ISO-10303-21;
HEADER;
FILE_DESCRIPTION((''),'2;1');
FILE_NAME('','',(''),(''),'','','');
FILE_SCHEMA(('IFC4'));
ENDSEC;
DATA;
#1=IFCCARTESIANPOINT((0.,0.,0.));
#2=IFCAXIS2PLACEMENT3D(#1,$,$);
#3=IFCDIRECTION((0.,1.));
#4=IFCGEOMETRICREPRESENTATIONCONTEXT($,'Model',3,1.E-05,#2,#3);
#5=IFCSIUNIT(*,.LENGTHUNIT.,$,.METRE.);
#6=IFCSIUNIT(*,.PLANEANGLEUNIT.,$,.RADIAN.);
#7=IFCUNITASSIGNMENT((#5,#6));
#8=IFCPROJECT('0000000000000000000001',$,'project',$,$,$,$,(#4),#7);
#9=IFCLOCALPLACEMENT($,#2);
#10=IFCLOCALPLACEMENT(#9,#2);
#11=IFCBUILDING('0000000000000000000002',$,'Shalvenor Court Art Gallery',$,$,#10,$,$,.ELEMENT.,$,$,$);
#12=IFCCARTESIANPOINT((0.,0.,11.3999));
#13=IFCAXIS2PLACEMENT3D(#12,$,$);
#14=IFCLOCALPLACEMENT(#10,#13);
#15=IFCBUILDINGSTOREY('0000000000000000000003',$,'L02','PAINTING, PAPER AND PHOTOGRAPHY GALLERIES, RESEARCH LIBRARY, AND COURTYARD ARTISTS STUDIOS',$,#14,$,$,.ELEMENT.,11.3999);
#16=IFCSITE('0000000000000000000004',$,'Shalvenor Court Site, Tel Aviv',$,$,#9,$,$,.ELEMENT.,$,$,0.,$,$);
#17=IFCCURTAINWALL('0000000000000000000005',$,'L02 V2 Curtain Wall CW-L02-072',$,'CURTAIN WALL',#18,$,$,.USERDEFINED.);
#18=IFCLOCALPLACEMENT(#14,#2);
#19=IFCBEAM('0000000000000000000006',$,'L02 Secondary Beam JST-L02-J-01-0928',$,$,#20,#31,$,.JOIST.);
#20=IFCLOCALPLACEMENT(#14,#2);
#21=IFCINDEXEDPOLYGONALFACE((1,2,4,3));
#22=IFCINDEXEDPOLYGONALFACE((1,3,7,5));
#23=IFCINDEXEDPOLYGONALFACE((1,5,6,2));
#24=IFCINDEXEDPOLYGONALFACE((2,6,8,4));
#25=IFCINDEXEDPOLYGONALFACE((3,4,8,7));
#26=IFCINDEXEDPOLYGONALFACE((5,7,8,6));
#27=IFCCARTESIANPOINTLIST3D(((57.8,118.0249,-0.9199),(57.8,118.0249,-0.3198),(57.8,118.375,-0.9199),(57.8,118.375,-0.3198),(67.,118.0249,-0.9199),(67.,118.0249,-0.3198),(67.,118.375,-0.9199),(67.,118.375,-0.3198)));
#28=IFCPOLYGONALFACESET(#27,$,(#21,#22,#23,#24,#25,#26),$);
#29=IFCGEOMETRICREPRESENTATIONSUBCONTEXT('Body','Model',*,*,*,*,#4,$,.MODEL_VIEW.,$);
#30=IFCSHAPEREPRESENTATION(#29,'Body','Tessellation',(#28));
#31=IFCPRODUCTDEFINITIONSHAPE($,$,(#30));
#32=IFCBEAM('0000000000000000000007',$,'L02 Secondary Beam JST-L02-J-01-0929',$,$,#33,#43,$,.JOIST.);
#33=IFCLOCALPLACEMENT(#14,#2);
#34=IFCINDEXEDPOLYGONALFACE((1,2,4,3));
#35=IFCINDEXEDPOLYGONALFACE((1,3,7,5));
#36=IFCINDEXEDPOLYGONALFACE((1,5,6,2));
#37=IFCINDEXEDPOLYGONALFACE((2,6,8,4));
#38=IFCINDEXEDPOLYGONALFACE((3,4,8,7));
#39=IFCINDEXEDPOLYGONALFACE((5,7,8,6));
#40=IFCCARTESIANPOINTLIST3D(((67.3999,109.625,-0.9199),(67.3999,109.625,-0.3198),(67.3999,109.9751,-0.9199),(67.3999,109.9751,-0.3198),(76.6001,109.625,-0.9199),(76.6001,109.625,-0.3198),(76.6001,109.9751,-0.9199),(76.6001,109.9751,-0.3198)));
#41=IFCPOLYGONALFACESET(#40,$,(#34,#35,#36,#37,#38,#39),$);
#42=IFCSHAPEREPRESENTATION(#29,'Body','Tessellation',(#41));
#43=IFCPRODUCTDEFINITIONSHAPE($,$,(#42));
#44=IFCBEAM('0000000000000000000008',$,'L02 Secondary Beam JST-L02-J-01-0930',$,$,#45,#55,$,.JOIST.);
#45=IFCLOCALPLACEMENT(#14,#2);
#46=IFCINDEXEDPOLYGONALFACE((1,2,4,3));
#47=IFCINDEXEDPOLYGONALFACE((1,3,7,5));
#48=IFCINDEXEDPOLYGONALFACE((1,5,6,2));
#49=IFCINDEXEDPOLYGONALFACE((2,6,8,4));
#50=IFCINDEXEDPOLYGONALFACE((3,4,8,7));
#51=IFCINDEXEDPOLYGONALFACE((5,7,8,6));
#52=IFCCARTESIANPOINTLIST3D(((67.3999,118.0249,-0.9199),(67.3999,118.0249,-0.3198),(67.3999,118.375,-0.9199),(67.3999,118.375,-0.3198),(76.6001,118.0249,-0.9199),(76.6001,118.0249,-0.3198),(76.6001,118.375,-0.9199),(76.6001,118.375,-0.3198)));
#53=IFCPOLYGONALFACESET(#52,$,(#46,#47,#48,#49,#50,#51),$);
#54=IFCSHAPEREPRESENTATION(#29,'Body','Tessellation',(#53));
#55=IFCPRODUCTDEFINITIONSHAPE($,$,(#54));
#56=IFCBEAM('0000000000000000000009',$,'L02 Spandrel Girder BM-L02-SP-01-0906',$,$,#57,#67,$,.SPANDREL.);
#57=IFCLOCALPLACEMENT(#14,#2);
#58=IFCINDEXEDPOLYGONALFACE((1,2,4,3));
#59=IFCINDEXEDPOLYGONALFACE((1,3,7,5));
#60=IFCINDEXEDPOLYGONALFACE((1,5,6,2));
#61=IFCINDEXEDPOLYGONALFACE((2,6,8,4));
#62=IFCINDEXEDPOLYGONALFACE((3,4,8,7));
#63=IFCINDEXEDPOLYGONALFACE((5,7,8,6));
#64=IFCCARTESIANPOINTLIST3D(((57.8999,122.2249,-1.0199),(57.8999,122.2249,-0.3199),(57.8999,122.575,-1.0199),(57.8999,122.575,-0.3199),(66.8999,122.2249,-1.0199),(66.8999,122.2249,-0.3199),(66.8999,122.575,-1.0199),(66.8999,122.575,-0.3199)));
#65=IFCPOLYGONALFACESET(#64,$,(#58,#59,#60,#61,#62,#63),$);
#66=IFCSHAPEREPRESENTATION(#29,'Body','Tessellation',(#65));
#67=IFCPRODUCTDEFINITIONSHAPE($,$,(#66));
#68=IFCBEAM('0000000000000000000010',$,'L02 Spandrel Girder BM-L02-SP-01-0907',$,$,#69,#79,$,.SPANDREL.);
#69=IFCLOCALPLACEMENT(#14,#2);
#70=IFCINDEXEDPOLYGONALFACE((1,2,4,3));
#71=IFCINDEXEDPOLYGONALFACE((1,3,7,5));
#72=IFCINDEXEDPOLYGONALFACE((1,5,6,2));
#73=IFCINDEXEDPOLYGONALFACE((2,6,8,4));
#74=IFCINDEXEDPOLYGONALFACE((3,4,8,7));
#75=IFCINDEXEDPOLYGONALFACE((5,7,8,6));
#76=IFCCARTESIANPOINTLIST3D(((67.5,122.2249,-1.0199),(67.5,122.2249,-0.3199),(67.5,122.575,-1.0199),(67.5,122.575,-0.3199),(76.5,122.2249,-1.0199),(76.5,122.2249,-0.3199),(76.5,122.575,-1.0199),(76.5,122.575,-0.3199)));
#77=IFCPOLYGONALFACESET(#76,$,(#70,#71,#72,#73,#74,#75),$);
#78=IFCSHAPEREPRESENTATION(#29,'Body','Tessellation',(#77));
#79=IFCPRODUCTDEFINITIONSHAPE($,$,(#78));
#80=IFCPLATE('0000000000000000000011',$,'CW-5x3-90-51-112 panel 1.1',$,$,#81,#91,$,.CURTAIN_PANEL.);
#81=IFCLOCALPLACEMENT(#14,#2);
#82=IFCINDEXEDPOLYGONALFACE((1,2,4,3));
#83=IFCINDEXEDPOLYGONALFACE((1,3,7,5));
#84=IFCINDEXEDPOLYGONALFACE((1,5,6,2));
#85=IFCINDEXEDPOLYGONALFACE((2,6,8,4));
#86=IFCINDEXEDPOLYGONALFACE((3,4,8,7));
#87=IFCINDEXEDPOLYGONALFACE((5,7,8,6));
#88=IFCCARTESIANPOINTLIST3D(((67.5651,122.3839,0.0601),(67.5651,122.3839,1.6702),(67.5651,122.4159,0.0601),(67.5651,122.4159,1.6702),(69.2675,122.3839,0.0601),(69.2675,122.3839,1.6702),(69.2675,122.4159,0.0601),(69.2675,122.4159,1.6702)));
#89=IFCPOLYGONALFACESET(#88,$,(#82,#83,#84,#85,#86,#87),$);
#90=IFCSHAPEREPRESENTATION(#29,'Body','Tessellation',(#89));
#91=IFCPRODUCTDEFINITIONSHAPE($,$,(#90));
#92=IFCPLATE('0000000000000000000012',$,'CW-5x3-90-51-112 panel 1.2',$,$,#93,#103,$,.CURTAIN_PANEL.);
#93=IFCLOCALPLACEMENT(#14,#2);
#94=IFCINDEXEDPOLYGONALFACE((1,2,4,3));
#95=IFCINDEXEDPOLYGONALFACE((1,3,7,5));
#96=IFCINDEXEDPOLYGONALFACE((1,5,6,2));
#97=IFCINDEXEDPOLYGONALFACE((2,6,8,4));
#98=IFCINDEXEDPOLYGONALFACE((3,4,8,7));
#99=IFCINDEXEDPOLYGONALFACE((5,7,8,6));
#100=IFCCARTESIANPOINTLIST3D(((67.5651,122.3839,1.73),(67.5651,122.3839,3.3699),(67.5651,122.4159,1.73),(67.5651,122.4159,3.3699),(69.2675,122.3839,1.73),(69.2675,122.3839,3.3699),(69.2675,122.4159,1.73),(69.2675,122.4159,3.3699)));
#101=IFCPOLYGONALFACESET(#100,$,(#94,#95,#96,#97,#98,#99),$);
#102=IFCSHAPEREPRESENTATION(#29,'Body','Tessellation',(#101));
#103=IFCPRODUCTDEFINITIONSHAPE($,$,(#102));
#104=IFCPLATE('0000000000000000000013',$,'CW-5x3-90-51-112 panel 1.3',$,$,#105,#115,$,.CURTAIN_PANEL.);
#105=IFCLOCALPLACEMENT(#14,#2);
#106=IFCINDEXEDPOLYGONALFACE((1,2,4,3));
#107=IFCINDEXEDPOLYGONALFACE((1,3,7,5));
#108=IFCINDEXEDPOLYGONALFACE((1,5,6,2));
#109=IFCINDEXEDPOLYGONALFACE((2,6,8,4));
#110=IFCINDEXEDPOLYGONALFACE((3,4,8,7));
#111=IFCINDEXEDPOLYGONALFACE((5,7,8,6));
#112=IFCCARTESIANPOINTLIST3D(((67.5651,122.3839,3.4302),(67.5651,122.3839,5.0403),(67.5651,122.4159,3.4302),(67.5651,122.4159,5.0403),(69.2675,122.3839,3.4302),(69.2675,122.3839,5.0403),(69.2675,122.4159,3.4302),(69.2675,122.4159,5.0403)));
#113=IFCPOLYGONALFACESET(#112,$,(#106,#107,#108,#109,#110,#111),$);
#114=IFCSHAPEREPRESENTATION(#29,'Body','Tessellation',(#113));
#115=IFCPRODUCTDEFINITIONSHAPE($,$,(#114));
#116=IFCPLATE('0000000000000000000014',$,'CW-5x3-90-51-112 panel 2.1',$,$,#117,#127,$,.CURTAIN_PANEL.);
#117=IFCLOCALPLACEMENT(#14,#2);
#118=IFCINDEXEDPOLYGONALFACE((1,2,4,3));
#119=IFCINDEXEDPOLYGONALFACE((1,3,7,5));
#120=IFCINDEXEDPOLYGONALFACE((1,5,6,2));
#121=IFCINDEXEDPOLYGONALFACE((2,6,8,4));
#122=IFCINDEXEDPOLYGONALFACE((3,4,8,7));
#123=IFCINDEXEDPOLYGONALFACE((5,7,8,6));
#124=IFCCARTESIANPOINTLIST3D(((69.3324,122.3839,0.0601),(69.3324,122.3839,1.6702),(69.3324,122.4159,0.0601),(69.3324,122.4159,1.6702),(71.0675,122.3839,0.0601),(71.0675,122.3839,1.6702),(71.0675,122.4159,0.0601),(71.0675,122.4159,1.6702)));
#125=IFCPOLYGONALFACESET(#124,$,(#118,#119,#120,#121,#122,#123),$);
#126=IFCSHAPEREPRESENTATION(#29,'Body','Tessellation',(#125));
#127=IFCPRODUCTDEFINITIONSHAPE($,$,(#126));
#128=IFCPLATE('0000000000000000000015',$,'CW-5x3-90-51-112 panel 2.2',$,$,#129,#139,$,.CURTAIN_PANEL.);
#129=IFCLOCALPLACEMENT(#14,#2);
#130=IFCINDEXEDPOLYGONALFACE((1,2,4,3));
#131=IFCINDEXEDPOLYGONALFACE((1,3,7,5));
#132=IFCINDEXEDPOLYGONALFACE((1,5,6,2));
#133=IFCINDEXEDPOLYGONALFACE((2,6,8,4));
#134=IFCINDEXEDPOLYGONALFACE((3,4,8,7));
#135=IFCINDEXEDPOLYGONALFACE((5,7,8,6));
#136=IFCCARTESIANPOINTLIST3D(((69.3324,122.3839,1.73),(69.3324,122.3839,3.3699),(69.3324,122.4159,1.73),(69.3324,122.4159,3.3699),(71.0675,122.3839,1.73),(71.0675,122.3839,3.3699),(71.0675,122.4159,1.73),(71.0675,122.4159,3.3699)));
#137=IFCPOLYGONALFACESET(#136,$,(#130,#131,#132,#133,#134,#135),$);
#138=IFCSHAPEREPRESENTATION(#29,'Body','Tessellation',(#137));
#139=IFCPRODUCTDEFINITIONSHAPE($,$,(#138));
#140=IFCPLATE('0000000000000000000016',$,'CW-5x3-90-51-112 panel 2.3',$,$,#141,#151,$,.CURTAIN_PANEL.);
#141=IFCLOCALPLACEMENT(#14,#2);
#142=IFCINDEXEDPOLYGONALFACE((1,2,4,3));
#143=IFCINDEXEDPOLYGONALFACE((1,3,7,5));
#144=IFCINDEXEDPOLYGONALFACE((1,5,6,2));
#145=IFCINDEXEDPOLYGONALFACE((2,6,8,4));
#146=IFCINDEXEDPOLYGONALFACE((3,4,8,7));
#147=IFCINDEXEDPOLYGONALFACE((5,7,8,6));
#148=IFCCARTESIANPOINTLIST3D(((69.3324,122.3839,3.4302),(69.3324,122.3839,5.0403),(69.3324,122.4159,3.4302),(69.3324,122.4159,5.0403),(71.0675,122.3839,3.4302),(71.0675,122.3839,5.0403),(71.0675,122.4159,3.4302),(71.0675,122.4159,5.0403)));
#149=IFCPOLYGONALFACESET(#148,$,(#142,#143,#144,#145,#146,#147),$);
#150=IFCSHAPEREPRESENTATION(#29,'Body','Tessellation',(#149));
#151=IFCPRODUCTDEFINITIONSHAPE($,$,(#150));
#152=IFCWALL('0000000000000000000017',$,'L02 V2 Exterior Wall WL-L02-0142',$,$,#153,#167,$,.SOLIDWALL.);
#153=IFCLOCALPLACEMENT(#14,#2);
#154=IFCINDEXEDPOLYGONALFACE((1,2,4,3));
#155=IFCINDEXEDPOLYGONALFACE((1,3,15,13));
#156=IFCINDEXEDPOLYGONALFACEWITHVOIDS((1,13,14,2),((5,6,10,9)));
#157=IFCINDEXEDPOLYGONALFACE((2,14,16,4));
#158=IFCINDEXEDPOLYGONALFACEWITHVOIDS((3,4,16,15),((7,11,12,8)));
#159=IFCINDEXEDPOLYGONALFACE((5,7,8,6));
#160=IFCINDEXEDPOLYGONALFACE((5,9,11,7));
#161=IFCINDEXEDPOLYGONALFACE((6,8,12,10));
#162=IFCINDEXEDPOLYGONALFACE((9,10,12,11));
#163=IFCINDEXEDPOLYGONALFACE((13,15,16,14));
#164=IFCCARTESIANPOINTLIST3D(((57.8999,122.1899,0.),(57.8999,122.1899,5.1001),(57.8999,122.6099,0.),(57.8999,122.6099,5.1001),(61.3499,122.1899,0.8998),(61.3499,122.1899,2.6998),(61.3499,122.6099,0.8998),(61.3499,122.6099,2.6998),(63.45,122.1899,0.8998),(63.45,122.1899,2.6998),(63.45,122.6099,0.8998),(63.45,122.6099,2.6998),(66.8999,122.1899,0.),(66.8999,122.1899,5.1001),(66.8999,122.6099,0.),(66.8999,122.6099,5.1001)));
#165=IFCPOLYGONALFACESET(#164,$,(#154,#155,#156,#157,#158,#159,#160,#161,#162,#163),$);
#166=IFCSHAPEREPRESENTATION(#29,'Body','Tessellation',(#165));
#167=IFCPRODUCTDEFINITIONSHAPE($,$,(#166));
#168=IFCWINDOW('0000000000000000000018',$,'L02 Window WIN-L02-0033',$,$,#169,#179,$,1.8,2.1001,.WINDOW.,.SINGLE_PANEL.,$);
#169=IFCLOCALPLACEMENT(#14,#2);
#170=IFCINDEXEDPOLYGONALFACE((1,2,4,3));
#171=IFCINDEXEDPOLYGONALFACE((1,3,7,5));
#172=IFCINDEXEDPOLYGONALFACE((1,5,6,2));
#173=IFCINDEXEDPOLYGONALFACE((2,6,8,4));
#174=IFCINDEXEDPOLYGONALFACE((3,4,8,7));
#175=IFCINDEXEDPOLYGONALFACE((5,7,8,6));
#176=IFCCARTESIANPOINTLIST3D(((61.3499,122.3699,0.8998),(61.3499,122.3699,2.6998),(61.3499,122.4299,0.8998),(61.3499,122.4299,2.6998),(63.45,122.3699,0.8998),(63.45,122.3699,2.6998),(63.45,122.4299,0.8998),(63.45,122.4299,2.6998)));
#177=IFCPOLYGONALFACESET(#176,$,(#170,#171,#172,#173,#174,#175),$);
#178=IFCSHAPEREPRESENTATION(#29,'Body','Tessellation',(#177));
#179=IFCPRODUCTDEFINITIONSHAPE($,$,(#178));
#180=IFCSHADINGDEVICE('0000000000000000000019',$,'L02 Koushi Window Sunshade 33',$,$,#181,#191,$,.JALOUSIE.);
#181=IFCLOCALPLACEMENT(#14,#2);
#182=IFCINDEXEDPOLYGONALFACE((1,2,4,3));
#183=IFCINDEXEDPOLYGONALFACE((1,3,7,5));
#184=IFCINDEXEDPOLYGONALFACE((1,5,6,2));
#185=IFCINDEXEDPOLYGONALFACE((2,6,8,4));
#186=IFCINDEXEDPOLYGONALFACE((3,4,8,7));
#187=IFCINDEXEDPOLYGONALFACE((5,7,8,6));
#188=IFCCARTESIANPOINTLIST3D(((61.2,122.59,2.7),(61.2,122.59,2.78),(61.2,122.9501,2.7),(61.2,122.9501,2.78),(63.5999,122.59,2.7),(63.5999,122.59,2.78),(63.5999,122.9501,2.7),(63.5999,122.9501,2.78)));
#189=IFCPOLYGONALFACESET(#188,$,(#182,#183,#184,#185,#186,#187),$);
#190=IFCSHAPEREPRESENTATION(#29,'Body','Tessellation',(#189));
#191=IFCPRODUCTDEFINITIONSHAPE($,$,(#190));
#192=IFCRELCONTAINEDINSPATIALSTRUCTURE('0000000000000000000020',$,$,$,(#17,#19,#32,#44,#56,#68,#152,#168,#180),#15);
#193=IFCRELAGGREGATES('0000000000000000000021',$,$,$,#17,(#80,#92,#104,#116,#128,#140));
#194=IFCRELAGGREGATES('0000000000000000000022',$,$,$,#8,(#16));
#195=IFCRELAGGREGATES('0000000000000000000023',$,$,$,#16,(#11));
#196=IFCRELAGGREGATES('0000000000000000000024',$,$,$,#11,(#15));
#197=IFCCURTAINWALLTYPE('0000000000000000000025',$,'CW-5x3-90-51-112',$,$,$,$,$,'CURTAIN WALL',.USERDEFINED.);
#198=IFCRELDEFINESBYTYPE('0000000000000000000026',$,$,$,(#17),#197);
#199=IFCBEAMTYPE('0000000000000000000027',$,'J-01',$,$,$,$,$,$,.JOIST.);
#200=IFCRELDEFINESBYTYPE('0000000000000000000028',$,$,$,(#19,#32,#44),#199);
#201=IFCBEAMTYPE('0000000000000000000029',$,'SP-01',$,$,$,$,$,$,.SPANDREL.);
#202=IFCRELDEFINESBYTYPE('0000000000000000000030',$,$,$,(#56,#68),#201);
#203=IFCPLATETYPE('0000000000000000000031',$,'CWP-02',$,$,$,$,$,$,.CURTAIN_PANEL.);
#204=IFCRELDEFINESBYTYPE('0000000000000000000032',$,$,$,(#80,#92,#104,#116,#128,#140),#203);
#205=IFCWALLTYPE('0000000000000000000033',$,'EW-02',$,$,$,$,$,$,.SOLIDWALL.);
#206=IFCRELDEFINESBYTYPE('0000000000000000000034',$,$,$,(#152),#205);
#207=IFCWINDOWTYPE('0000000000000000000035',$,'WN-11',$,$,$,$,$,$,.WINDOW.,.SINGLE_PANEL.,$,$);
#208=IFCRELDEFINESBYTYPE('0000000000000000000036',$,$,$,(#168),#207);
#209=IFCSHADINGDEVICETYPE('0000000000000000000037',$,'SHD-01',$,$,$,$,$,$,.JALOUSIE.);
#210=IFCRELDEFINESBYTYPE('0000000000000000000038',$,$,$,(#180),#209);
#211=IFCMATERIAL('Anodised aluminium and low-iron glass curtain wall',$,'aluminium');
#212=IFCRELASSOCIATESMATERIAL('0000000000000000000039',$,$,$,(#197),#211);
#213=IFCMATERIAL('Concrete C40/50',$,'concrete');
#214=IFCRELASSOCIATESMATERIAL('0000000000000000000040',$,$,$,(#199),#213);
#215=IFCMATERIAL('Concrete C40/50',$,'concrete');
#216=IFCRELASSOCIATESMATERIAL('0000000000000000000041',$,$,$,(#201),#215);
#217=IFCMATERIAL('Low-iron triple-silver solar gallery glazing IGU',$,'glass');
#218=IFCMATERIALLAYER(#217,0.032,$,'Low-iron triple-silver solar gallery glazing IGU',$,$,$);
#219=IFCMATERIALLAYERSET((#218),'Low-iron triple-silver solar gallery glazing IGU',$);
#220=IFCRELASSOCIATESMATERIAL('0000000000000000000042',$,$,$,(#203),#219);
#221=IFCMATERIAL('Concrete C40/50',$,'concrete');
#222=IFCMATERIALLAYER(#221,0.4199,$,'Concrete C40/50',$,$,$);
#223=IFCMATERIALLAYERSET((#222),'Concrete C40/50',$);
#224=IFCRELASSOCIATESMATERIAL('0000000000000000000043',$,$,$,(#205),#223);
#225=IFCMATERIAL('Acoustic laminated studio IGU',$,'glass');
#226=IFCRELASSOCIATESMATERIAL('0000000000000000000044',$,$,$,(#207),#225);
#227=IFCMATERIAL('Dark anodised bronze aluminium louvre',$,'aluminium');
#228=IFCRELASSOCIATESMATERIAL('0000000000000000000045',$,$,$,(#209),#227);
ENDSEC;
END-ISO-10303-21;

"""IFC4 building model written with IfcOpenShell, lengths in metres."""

from ifc_helpers import new_model, si_unit, direction, frame, frame_2d, origin, origin_2d, place, context, subcontext, project, spatial, rectangle, extrude, material, layer, layer_set, material_profile, profile_set, type_object, element, fill, aggregate, save


model = new_model("IFC4")

# Units and contexts
model_context = context("Model", 3, precision=1e-05, world=origin(), true_north=direction((0.0, 1.0)))
body_context = subcontext(model_context, "Body", "Model", "MODEL_VIEW")
ifc_project = project(units=[si_unit("LENGTHUNIT", "METRE"), si_unit("PLANEANGLEUNIT", "RADIAN")], contexts=[model_context])

# Site, building, storey
site_placement = place(None, origin())
site = spatial("IfcSite", under=ifc_project, at=site_placement, Name="Shalvenor Court Site, Tel Aviv", CompositionType="ELEMENT", RefElevation=0.0)
building_placement = place(site_placement, origin())
building = spatial("IfcBuilding", under=site, at=building_placement, Name="Shalvenor Court Art Gallery", CompositionType="ELEMENT")
storey_placement = place(building_placement, frame((0.0, 0.0, 11.3999)))
storey = spatial("IfcBuildingStorey", under=building, at=storey_placement, Name="L02", Description="PAINTING, PAPER AND PHOTOGRAPHY GALLERIES, RESEARCH LIBRARY, AND COURTYARD ARTISTS STUDIOS", CompositionType="ELEMENT", Elevation=11.3999)

# Curtain wall
ifc_material_1 = material(Name="Anodised aluminium and low-iron glass curtain wall", Category="aluminium")
curtain_wall_type = type_object("IfcCurtainWallType", Name="CW-5x3-90-51-112", ElementType="CURTAIN WALL", PredefinedType="USERDEFINED", material=ifc_material_1)
curtain_wall_placement = place(storey_placement, origin())
curtain_wall = element("IfcCurtainWall", 1, at=curtain_wall_placement, inside=storey, type_object=curtain_wall_type, Name="L02 V2 Curtain Wall CW-L02-072", ObjectType="CURTAIN WALL", PredefinedType="USERDEFINED")

# Beams
ifc_material_2 = material(Name="Concrete C40/50", Category="concrete")
ifc_material_profile_1 = material_profile(ifc_material_2, rectangle(XDim=0.3501, YDim=0.6001, at=origin_2d()), Name="RC 350x600")
ifc_profile_set_1 = profile_set([ifc_material_profile_1], Name="Concrete C40/50")
beam_type_1 = type_object("IfcBeamType", Name="J-01", PredefinedType="JOIST", material=ifc_profile_set_1)
for number, where, z_axis, x_axis, name in (
    (2, (57.8, 118.2, -0.6199), (1.0, 0.0, 0.0), (0.0, 1.0, 0.0), "L02 Secondary Beam JST-L02-J-01-0928"),
):
    element("IfcBeam", number, at=place(storey_placement, frame(where, z_axis=z_axis, x_axis=x_axis)), inside=storey, type_object=beam_type_1, Name=name, PredefinedType="JOIST", context=body_context, shape_type="SweptSolid", body=[
        extrude(rectangle(XDim=0.3501, YDim=0.6001, at=origin_2d()), origin(), (0.0, 0.0, 1.0), 9.2),
    ])
for number, where, z_axis, x_axis, name in (
    (3, (67.3999, 109.8, -0.6199), (1.0, 0.0, 0.0), (0.0, 1.0, 0.0), "L02 Secondary Beam JST-L02-J-01-0929"),
    (4, (67.3999, 118.2, -0.6199), (1.0, 0.0, 0.0), (0.0, 1.0, 0.0), "L02 Secondary Beam JST-L02-J-01-0930"),
):
    element("IfcBeam", number, at=place(storey_placement, frame(where, z_axis=z_axis, x_axis=x_axis)), inside=storey, type_object=beam_type_1, Name=name, PredefinedType="JOIST", context=body_context, shape_type="SweptSolid", body=[
        extrude(rectangle(XDim=0.3501, YDim=0.6001, at=origin_2d()), origin(), (0.0, 0.0, 1.0), 9.2002),
    ])
ifc_material_3 = material(Name="Concrete C40/50", Category="concrete")
ifc_material_profile_2 = material_profile(ifc_material_3, rectangle(XDim=0.3501, YDim=0.7, at=origin_2d()), Name="RC 350x700")
ifc_profile_set_2 = profile_set([ifc_material_profile_2], Name="Concrete C40/50")
beam_type_2 = type_object("IfcBeamType", Name="SP-01", PredefinedType="SPANDREL", material=ifc_profile_set_2)
for number, where, z_axis, x_axis, name in (
    (5, (57.8999, 122.3999, -0.6699), (1.0, 0.0, 0.0), (0.0, 1.0, 0.0), "L02 Spandrel Girder BM-L02-SP-01-0906"),
    (6, (67.5, 122.3999, -0.6699), (1.0, 0.0, 0.0), (0.0, 1.0, 0.0), "L02 Spandrel Girder BM-L02-SP-01-0907"),
):
    element("IfcBeam", number, at=place(storey_placement, frame(where, z_axis=z_axis, x_axis=x_axis)), inside=storey, type_object=beam_type_2, Name=name, PredefinedType="SPANDREL", context=body_context, shape_type="SweptSolid", body=[
        extrude(rectangle(XDim=0.3501, YDim=0.7, at=origin_2d()), origin(), (0.0, 0.0, 1.0), 9.0),
    ])

# Plates
ifc_material_4 = material(Name="Low-iron triple-silver solar gallery glazing IGU", Category="glass")
ifc_layer_1 = layer(ifc_material_4, 0.032, Name="Low-iron triple-silver solar gallery glazing IGU")
ifc_layer_set_1 = layer_set([ifc_layer_1], Name="Low-iron triple-silver solar gallery glazing IGU")
plate_type = type_object("IfcPlateType", Name="CWP-02", PredefinedType="CURTAIN_PANEL", material=ifc_layer_set_1)
plate_1_placement = place(storey_placement, frame((68.4163, 122.3999, 0.0601), z_axis=(0.0, 0.0, 1.0), x_axis=(1.0, 0.0, 0.0)))
plate_1 = element("IfcPlate", 7, at=plate_1_placement, type_object=plate_type, Name="CW-5x3-90-51-112 panel 1.1", PredefinedType="CURTAIN_PANEL", context=body_context, shape_type="SweptSolid", body=[
    extrude(rectangle(XDim=1.7024, YDim=0.032, at=origin_2d()), origin(), (0.0, 0.0, 1.0), 1.6101),
])
plate_2_placement = place(storey_placement, frame((68.4163, 122.3999, 1.73), z_axis=(0.0, 0.0, 1.0), x_axis=(1.0, 0.0, 0.0)))
plate_2 = element("IfcPlate", 8, at=plate_2_placement, type_object=plate_type, Name="CW-5x3-90-51-112 panel 1.2", PredefinedType="CURTAIN_PANEL", context=body_context, shape_type="SweptSolid", body=[
    extrude(rectangle(XDim=1.7024, YDim=0.032, at=origin_2d()), origin(), (0.0, 0.0, 1.0), 1.6399),
])
plate_3_placement = place(storey_placement, frame((68.4163, 122.3999, 3.4302), z_axis=(0.0, 0.0, 1.0), x_axis=(1.0, 0.0, 0.0)))
plate_3 = element("IfcPlate", 9, at=plate_3_placement, type_object=plate_type, Name="CW-5x3-90-51-112 panel 1.3", PredefinedType="CURTAIN_PANEL", context=body_context, shape_type="SweptSolid", body=[
    extrude(rectangle(XDim=1.7024, YDim=0.032, at=origin_2d()), origin(), (0.0, 0.0, 1.0), 1.6101),
])
plate_4_placement = place(storey_placement, frame((70.2, 122.3999, 0.0601), z_axis=(0.0, 0.0, 1.0), x_axis=(1.0, 0.0, 0.0)))
plate_4 = element("IfcPlate", 10, at=plate_4_placement, type_object=plate_type, Name="CW-5x3-90-51-112 panel 2.1", PredefinedType="CURTAIN_PANEL", context=body_context, shape_type="SweptSolid", body=[
    extrude(rectangle(XDim=1.7351, YDim=0.032, at=origin_2d()), origin(), (0.0, 0.0, 1.0), 1.6101),
])
plate_5_placement = place(storey_placement, frame((70.2, 122.3999, 1.73), z_axis=(0.0, 0.0, 1.0), x_axis=(1.0, 0.0, 0.0)))
plate_5 = element("IfcPlate", 11, at=plate_5_placement, type_object=plate_type, Name="CW-5x3-90-51-112 panel 2.2", PredefinedType="CURTAIN_PANEL", context=body_context, shape_type="SweptSolid", body=[
    extrude(rectangle(XDim=1.7351, YDim=0.032, at=origin_2d()), origin(), (0.0, 0.0, 1.0), 1.6399),
])
plate_6_placement = place(storey_placement, frame((70.2, 122.3999, 3.4302), z_axis=(0.0, 0.0, 1.0), x_axis=(1.0, 0.0, 0.0)))
plate_6 = element("IfcPlate", 12, at=plate_6_placement, type_object=plate_type, Name="CW-5x3-90-51-112 panel 2.3", PredefinedType="CURTAIN_PANEL", context=body_context, shape_type="SweptSolid", body=[
    extrude(rectangle(XDim=1.7351, YDim=0.032, at=origin_2d()), origin(), (0.0, 0.0, 1.0), 1.6101),
])
aggregate(curtain_wall, [plate_1, plate_2, plate_3, plate_4, plate_5, plate_6])

# Wall, opening, window
ifc_material_5 = material(Name="Concrete C40/50", Category="concrete")
ifc_layer_2 = layer(ifc_material_5, 0.4199, Name="Concrete C40/50")
ifc_layer_set_2 = layer_set([ifc_layer_2], Name="Concrete C40/50")
wall_type = type_object("IfcWallType", Name="EW-02", PredefinedType="SOLIDWALL", material=ifc_layer_set_2)
wall_placement = place(storey_placement, frame((57.8999, 122.3999, 0.0), z_axis=(0.0, 0.0, 1.0), x_axis=(1.0, 0.0, 0.0)))
wall = element("IfcWall", 13, at=wall_placement, inside=storey, type_object=wall_type, Name="L02 V2 Exterior Wall WL-L02-0142", PredefinedType="SOLIDWALL", context=body_context, shape_type="SweptSolid", body=[
    extrude(rectangle(XDim=9.0, YDim=0.4199, at=frame_2d((4.5, 0.0))), origin(), (0.0, 0.0, 1.0), 5.1001),
])
opening_placement = place(wall_placement, frame((3.45, 0.0, 0.8999)))
opening = element("IfcOpeningElement", 14, at=opening_placement, cuts=wall, PredefinedType="OPENING", context=body_context, shape_type="SweptSolid", body=[
    extrude(rectangle(XDim=2.1001, YDim=1.8, at=frame_2d((1.05, 0.8999))), frame((0.0, 0.22, 0.0), z_axis=(0.0, -1.0, 0.0), x_axis=(1.0, 0.0, 0.0)), (0.0, 0.0, 1.0), 0.4399),
])
ifc_material_6 = material(Name="Acoustic laminated studio IGU", Category="glass")
window_type = type_object("IfcWindowType", Name="WN-11", PartitioningType="SINGLE_PANEL", PredefinedType="WINDOW", material=ifc_material_6)
window_placement = place(opening_placement, origin())
window = element("IfcWindow", 15, at=window_placement, inside=storey, type_object=window_type, Name="L02 Window WIN-L02-0033", OverallHeight=1.8, OverallWidth=2.1001, PartitioningType="SINGLE_PANEL", PredefinedType="WINDOW", context=body_context, shape_type="SweptSolid", body=[
    extrude(rectangle(XDim=2.1001, YDim=1.8, at=frame_2d((1.05, 0.8999))), frame((0.0, 0.03, 0.0), z_axis=(0.0, -1.0, 0.0), x_axis=(1.0, 0.0, 0.0)), (0.0, 0.0, 1.0), 0.0601),
])
fill(opening, window)

# Shading device
ifc_material_7 = material(Name="Dark anodised bronze aluminium louvre", Category="aluminium")
shading_device_type = type_object("IfcShadingDeviceType", Name="SHD-01", PredefinedType="JALOUSIE", material=ifc_material_7)
shading_device_placement = place(storey_placement, frame((62.3999, 122.77, 2.7), z_axis=(0.0, 0.0, 1.0), x_axis=(1.0, 0.0, 0.0)))
element("IfcShadingDevice", 16, at=shading_device_placement, inside=storey, type_object=shading_device_type, Name="L02 Koushi Window Sunshade 33", PredefinedType="JALOUSIE", context=body_context, shape_type="SweptSolid", body=[
    extrude(rectangle(XDim=2.3999, YDim=0.3601, at=origin_2d()), origin(), (0.0, 0.0, 1.0), 0.0801),
])

save(model, "model.ifc")
